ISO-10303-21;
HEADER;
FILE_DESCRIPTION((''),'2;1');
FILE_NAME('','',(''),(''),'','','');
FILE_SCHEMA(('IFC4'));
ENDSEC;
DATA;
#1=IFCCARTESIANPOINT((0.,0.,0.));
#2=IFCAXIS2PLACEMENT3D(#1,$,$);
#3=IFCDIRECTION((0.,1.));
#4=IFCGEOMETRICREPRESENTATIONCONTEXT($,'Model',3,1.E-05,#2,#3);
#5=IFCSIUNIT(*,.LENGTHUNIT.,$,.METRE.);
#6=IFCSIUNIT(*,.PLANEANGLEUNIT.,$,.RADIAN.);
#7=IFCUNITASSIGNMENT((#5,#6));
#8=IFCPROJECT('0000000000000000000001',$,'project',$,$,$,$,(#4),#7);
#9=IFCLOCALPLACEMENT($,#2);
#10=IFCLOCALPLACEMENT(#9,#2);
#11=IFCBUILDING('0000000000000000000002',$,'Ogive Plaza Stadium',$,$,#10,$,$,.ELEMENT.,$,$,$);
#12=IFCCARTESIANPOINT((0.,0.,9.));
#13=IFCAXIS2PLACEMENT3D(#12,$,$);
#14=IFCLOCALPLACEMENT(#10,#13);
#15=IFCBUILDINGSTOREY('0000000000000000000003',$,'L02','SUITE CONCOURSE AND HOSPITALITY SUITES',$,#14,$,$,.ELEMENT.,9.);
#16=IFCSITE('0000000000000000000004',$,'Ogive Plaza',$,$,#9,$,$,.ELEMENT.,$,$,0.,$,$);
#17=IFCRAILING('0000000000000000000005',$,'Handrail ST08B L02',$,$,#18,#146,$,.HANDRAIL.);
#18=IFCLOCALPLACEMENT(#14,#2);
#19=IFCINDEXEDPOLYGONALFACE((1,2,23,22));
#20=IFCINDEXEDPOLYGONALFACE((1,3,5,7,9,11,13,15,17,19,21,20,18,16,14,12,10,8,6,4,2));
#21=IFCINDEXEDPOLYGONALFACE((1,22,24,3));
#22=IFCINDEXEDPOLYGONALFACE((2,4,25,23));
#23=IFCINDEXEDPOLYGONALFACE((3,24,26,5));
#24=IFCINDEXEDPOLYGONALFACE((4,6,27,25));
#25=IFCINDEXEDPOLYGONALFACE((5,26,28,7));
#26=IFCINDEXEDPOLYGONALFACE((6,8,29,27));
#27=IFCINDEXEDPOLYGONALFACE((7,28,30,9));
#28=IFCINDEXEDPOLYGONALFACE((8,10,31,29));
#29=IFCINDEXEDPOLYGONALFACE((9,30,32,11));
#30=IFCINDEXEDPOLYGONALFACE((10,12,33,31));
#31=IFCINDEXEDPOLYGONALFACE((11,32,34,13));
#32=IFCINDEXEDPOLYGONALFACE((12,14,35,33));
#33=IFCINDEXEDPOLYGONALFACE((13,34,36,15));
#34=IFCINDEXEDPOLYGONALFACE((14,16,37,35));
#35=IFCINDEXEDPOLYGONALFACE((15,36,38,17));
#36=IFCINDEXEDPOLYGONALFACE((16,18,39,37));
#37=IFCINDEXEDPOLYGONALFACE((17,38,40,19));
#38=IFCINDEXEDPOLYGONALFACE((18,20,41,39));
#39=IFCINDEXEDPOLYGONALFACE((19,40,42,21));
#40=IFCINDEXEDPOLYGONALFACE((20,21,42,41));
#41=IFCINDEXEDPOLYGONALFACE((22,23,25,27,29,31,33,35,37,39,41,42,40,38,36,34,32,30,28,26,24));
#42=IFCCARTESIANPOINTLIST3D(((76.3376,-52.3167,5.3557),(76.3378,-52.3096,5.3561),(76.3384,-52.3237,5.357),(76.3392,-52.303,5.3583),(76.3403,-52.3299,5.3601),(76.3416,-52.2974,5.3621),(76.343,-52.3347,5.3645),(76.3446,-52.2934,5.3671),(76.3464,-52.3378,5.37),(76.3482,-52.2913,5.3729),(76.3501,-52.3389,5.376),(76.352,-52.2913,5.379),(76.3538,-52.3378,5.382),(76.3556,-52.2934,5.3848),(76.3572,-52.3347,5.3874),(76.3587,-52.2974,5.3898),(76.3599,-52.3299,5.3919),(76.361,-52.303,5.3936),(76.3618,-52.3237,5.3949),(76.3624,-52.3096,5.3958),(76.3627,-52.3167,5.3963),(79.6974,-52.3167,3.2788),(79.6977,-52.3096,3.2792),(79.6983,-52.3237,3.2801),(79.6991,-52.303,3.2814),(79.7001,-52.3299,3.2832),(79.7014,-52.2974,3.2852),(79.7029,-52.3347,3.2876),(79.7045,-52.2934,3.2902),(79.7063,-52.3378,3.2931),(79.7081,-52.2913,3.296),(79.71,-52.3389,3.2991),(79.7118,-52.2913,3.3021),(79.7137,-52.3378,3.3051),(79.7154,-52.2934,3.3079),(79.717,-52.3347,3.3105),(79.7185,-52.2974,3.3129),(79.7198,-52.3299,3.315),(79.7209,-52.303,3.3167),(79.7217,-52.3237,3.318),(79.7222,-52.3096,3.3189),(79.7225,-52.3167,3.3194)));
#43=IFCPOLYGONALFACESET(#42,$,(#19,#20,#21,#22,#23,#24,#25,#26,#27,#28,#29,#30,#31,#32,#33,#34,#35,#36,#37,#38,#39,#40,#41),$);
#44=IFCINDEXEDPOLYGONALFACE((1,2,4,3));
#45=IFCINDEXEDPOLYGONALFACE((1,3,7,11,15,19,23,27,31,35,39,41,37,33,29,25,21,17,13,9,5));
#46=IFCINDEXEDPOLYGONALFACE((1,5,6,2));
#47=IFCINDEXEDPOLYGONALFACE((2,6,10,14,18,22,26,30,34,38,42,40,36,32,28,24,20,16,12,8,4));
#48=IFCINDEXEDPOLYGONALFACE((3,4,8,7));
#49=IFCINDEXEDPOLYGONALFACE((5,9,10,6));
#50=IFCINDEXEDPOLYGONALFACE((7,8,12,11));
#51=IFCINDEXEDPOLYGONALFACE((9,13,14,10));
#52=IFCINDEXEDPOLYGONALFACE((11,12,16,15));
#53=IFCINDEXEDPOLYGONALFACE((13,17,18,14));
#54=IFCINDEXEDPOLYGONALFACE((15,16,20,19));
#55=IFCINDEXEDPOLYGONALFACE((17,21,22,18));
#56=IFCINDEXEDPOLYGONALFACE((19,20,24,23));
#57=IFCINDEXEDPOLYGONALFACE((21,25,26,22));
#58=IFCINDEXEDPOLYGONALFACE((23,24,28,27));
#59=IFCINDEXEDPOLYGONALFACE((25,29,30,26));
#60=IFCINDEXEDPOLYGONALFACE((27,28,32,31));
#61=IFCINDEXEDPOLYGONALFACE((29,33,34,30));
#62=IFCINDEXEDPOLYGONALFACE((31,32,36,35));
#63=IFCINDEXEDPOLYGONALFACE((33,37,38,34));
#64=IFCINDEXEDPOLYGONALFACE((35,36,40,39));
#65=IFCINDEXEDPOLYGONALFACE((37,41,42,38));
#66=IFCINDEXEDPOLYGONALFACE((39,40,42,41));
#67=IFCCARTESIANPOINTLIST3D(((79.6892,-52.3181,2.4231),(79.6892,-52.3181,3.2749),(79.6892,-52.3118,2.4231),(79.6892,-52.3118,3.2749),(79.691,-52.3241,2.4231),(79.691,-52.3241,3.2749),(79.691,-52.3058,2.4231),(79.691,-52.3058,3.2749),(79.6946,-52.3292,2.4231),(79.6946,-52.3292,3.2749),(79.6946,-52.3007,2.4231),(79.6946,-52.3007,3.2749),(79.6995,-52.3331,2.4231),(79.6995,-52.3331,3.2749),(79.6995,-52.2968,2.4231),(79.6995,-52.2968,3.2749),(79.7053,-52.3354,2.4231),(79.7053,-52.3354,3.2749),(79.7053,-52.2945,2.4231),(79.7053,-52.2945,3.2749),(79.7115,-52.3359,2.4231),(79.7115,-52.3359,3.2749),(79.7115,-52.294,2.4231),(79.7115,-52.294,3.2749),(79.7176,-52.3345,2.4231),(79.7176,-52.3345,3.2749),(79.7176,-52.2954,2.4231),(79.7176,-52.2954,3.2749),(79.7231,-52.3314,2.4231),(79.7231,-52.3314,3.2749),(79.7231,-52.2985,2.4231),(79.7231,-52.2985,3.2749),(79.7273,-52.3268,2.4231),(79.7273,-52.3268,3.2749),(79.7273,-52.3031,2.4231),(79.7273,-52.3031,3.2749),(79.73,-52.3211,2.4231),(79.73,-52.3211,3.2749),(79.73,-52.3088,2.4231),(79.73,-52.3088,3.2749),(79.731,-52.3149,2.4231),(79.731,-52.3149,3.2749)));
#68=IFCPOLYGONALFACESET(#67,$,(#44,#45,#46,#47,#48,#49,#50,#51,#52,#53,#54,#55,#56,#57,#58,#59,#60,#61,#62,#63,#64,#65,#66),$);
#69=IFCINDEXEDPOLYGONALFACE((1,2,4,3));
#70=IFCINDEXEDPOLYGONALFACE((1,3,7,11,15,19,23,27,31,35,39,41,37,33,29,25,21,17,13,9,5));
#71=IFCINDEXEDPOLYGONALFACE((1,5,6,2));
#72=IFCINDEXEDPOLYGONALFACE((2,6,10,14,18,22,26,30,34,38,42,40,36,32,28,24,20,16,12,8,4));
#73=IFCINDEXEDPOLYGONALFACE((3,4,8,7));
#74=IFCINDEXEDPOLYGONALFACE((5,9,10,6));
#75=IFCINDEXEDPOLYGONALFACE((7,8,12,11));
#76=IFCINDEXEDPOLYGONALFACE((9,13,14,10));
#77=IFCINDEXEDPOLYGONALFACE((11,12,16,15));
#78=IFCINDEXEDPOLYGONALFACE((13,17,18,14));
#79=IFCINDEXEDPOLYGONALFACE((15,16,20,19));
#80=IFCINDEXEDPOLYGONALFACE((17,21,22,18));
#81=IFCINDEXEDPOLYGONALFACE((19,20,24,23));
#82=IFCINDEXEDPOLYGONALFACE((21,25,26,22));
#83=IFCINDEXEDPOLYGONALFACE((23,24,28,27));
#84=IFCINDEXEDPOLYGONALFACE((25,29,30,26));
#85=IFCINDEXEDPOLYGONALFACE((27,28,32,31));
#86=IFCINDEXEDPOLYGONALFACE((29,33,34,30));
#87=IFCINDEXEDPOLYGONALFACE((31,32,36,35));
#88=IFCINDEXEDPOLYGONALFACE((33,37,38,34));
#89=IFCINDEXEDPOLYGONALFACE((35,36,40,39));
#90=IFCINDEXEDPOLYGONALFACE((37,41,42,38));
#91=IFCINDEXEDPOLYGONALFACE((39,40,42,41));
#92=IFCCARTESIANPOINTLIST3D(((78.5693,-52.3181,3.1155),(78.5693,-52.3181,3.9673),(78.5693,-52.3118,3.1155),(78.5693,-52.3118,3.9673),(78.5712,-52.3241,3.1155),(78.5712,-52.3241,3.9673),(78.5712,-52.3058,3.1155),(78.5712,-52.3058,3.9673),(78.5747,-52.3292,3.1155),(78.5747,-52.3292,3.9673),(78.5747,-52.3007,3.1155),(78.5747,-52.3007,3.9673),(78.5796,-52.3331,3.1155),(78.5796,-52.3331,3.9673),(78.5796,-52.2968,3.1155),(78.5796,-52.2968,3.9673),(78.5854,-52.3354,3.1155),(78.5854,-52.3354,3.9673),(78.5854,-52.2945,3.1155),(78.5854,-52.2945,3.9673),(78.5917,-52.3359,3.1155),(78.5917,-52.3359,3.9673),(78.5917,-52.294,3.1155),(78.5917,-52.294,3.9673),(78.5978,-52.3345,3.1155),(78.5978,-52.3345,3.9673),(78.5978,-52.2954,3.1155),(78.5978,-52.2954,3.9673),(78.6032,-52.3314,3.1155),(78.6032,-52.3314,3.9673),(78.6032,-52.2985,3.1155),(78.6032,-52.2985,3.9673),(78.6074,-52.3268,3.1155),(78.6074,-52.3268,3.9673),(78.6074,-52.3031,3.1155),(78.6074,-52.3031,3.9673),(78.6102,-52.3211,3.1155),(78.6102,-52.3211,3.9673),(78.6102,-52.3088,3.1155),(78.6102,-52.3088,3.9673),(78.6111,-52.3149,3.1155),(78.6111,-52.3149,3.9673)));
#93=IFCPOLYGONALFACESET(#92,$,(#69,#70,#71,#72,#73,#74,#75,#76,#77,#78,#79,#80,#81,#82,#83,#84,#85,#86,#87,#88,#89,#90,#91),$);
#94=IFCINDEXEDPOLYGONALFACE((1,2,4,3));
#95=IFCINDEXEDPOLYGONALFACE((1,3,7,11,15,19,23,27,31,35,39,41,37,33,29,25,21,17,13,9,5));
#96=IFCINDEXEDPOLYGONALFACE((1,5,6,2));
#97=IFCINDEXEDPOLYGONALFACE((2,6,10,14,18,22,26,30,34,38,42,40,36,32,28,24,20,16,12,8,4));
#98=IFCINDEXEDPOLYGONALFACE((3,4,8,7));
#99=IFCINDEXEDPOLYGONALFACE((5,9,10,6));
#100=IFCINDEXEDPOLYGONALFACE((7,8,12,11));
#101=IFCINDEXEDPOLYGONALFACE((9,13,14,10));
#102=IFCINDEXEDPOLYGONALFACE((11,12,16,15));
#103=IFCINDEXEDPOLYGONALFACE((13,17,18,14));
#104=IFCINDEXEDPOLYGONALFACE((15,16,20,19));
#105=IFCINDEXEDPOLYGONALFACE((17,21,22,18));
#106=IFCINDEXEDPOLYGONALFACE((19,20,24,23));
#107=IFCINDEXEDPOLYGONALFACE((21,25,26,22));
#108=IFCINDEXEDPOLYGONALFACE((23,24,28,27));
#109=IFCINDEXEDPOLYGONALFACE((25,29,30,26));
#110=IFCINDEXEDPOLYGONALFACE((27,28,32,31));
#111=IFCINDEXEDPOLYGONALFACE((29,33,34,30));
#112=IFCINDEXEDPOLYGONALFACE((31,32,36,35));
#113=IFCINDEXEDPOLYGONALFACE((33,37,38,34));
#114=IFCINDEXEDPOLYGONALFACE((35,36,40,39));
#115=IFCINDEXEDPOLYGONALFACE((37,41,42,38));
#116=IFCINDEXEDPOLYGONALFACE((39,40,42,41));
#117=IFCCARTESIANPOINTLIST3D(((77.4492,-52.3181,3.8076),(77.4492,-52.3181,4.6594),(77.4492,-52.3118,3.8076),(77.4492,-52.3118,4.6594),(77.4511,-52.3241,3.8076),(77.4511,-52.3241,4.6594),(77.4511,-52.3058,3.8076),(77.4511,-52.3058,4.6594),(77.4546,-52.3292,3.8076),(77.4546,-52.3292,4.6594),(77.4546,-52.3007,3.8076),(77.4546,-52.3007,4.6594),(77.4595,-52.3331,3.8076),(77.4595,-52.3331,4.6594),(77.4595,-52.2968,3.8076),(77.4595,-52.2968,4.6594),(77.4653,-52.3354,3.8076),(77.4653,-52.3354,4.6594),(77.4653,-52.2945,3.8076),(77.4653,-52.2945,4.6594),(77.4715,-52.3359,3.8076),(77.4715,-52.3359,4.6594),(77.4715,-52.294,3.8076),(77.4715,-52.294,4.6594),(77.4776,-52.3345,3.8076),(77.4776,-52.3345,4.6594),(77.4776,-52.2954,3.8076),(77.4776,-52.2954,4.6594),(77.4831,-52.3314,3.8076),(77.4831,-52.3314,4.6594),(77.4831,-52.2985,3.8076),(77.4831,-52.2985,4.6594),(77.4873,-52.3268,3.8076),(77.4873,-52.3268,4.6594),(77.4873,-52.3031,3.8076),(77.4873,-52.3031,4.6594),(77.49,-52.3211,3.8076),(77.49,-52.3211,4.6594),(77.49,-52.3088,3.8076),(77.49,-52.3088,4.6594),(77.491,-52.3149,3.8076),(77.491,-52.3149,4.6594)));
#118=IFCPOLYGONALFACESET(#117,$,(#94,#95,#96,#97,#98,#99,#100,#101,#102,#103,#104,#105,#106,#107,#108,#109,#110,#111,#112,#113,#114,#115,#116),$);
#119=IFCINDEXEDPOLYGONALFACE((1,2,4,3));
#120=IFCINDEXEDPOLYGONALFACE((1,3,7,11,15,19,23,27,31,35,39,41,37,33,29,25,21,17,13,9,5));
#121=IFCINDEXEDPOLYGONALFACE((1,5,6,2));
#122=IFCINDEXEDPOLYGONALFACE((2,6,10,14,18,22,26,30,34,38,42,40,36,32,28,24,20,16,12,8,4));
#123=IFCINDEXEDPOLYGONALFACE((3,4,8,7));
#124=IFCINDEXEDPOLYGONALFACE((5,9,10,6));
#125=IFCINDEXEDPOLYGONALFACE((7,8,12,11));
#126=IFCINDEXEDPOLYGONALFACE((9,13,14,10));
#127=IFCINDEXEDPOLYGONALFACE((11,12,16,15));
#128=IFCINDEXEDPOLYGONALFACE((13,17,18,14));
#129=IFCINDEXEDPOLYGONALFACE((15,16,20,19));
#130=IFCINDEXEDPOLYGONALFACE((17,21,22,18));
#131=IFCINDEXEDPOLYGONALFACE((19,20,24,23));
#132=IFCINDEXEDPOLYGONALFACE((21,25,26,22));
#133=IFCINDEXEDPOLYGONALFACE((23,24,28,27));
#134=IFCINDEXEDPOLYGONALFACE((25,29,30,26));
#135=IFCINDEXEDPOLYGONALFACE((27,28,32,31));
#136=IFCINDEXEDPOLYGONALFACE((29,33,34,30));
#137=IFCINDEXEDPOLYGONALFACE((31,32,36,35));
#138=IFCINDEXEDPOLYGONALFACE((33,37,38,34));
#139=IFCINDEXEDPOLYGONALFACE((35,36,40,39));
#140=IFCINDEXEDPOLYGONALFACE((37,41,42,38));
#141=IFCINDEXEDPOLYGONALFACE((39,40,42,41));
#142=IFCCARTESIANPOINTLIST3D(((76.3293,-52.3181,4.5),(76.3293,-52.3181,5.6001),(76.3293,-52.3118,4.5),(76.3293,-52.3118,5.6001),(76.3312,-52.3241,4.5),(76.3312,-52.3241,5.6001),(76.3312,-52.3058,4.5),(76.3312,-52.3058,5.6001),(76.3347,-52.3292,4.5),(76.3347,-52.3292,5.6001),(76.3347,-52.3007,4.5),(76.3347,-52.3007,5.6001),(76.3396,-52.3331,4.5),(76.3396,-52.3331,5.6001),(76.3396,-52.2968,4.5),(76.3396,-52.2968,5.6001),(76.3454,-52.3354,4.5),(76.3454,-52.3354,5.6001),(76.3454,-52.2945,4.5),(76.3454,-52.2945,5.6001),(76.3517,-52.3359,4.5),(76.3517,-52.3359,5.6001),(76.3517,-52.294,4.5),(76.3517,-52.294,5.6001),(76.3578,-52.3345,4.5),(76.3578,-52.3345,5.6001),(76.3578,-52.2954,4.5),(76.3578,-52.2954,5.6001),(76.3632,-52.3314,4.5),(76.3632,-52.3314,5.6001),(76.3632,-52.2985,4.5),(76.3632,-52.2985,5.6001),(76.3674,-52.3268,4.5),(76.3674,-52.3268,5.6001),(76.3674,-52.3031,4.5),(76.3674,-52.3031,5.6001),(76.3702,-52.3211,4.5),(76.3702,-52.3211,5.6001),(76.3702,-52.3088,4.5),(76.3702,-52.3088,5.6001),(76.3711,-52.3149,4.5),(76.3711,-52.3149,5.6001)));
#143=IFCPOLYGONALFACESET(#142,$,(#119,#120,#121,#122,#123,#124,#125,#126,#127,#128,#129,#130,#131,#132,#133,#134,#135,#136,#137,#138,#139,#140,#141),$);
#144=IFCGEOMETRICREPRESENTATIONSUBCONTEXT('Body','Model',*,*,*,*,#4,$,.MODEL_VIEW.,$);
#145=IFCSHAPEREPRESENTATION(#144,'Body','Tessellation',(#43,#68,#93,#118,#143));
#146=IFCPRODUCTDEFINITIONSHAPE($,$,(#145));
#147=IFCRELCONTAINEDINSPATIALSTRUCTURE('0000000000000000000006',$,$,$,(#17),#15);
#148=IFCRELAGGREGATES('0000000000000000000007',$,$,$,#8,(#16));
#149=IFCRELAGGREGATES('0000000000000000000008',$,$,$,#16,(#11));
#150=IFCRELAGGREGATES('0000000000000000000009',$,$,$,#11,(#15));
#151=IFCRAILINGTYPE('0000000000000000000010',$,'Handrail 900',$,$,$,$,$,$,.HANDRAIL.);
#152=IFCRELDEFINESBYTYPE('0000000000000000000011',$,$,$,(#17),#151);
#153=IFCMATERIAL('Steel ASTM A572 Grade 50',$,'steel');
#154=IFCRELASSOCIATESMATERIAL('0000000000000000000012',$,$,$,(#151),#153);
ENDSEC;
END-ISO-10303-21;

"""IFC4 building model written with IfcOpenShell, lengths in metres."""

from ifc_helpers import new_model, si_unit, direction, frame, origin, origin_2d, place, context, subcontext, project, spatial, circle, extrude, material, type_object, element, save


model = new_model("IFC4")

# Units and contexts
model_context = context("Model", 3, precision=1e-05, world=origin(), true_north=direction((0.0, 1.0)))
body_context = subcontext(model_context, "Body", "Model", "MODEL_VIEW")
ifc_project = project(units=[si_unit("LENGTHUNIT", "METRE"), si_unit("PLANEANGLEUNIT", "RADIAN")], contexts=[model_context])

# Site, building, storey
site_placement = place(None, origin())
site = spatial("IfcSite", under=ifc_project, at=site_placement, Name="Ogive Plaza", CompositionType="ELEMENT", RefElevation=0.0)
building_placement = place(site_placement, origin())
building = spatial("IfcBuilding", under=site, at=building_placement, Name="Ogive Plaza Stadium", CompositionType="ELEMENT")
storey_placement = place(building_placement, frame((0.0, 0.0, 9.0)))
storey = spatial("IfcBuildingStorey", under=building, at=storey_placement, Name="L02", Description="SUITE CONCOURSE AND HOSPITALITY SUITES", CompositionType="ELEMENT", Elevation=9.0)

# Railing
ifc_material_1 = material(Name="Steel ASTM A572 Grade 50", Category="steel")
railing_type_1 = type_object("IfcRailingType", Name="Handrail 900", PredefinedType="HANDRAIL", material=ifc_material_1)
for number, where, name in (
    (1, (79.71, -52.3149, 2.4231), "Handrail ST08B L02"),
):
    element("IfcRailing", number, at=place(storey_placement, frame(where)), inside=storey, type_object=railing_type_1, Name=name, PredefinedType="HANDRAIL", context=body_context, shape_type="SweptSolid", body=[
        extrude(circle(Radius=0.0239, at=origin_2d()), frame((0.0, 0.0, 0.876), z_axis=(-0.850606, 0.0, 0.525803), x_axis=(0.0, -1.0, 0.0)), (0.0, 0.0, 1.0), 3.95),
        extrude(circle(Radius=0.021, at=origin_2d()), origin(), (0.0, 0.0, 1.0), 0.8518),
        extrude(circle(Radius=0.021, at=origin_2d()), frame((-1.1199, 0.0, 0.6924)), (0.0, 0.0, 1.0), 0.8518),
        extrude(circle(Radius=0.021, at=origin_2d()), frame((-2.24, 0.0, 1.3845)), (0.0, 0.0, 1.0), 0.8518),
        extrude(circle(Radius=0.021, at=origin_2d()), frame((-3.3599, 0.0, 2.0769)), (0.0, 0.0, 1.0), 1.1001),
    ])

save(model, "model.ifc")
